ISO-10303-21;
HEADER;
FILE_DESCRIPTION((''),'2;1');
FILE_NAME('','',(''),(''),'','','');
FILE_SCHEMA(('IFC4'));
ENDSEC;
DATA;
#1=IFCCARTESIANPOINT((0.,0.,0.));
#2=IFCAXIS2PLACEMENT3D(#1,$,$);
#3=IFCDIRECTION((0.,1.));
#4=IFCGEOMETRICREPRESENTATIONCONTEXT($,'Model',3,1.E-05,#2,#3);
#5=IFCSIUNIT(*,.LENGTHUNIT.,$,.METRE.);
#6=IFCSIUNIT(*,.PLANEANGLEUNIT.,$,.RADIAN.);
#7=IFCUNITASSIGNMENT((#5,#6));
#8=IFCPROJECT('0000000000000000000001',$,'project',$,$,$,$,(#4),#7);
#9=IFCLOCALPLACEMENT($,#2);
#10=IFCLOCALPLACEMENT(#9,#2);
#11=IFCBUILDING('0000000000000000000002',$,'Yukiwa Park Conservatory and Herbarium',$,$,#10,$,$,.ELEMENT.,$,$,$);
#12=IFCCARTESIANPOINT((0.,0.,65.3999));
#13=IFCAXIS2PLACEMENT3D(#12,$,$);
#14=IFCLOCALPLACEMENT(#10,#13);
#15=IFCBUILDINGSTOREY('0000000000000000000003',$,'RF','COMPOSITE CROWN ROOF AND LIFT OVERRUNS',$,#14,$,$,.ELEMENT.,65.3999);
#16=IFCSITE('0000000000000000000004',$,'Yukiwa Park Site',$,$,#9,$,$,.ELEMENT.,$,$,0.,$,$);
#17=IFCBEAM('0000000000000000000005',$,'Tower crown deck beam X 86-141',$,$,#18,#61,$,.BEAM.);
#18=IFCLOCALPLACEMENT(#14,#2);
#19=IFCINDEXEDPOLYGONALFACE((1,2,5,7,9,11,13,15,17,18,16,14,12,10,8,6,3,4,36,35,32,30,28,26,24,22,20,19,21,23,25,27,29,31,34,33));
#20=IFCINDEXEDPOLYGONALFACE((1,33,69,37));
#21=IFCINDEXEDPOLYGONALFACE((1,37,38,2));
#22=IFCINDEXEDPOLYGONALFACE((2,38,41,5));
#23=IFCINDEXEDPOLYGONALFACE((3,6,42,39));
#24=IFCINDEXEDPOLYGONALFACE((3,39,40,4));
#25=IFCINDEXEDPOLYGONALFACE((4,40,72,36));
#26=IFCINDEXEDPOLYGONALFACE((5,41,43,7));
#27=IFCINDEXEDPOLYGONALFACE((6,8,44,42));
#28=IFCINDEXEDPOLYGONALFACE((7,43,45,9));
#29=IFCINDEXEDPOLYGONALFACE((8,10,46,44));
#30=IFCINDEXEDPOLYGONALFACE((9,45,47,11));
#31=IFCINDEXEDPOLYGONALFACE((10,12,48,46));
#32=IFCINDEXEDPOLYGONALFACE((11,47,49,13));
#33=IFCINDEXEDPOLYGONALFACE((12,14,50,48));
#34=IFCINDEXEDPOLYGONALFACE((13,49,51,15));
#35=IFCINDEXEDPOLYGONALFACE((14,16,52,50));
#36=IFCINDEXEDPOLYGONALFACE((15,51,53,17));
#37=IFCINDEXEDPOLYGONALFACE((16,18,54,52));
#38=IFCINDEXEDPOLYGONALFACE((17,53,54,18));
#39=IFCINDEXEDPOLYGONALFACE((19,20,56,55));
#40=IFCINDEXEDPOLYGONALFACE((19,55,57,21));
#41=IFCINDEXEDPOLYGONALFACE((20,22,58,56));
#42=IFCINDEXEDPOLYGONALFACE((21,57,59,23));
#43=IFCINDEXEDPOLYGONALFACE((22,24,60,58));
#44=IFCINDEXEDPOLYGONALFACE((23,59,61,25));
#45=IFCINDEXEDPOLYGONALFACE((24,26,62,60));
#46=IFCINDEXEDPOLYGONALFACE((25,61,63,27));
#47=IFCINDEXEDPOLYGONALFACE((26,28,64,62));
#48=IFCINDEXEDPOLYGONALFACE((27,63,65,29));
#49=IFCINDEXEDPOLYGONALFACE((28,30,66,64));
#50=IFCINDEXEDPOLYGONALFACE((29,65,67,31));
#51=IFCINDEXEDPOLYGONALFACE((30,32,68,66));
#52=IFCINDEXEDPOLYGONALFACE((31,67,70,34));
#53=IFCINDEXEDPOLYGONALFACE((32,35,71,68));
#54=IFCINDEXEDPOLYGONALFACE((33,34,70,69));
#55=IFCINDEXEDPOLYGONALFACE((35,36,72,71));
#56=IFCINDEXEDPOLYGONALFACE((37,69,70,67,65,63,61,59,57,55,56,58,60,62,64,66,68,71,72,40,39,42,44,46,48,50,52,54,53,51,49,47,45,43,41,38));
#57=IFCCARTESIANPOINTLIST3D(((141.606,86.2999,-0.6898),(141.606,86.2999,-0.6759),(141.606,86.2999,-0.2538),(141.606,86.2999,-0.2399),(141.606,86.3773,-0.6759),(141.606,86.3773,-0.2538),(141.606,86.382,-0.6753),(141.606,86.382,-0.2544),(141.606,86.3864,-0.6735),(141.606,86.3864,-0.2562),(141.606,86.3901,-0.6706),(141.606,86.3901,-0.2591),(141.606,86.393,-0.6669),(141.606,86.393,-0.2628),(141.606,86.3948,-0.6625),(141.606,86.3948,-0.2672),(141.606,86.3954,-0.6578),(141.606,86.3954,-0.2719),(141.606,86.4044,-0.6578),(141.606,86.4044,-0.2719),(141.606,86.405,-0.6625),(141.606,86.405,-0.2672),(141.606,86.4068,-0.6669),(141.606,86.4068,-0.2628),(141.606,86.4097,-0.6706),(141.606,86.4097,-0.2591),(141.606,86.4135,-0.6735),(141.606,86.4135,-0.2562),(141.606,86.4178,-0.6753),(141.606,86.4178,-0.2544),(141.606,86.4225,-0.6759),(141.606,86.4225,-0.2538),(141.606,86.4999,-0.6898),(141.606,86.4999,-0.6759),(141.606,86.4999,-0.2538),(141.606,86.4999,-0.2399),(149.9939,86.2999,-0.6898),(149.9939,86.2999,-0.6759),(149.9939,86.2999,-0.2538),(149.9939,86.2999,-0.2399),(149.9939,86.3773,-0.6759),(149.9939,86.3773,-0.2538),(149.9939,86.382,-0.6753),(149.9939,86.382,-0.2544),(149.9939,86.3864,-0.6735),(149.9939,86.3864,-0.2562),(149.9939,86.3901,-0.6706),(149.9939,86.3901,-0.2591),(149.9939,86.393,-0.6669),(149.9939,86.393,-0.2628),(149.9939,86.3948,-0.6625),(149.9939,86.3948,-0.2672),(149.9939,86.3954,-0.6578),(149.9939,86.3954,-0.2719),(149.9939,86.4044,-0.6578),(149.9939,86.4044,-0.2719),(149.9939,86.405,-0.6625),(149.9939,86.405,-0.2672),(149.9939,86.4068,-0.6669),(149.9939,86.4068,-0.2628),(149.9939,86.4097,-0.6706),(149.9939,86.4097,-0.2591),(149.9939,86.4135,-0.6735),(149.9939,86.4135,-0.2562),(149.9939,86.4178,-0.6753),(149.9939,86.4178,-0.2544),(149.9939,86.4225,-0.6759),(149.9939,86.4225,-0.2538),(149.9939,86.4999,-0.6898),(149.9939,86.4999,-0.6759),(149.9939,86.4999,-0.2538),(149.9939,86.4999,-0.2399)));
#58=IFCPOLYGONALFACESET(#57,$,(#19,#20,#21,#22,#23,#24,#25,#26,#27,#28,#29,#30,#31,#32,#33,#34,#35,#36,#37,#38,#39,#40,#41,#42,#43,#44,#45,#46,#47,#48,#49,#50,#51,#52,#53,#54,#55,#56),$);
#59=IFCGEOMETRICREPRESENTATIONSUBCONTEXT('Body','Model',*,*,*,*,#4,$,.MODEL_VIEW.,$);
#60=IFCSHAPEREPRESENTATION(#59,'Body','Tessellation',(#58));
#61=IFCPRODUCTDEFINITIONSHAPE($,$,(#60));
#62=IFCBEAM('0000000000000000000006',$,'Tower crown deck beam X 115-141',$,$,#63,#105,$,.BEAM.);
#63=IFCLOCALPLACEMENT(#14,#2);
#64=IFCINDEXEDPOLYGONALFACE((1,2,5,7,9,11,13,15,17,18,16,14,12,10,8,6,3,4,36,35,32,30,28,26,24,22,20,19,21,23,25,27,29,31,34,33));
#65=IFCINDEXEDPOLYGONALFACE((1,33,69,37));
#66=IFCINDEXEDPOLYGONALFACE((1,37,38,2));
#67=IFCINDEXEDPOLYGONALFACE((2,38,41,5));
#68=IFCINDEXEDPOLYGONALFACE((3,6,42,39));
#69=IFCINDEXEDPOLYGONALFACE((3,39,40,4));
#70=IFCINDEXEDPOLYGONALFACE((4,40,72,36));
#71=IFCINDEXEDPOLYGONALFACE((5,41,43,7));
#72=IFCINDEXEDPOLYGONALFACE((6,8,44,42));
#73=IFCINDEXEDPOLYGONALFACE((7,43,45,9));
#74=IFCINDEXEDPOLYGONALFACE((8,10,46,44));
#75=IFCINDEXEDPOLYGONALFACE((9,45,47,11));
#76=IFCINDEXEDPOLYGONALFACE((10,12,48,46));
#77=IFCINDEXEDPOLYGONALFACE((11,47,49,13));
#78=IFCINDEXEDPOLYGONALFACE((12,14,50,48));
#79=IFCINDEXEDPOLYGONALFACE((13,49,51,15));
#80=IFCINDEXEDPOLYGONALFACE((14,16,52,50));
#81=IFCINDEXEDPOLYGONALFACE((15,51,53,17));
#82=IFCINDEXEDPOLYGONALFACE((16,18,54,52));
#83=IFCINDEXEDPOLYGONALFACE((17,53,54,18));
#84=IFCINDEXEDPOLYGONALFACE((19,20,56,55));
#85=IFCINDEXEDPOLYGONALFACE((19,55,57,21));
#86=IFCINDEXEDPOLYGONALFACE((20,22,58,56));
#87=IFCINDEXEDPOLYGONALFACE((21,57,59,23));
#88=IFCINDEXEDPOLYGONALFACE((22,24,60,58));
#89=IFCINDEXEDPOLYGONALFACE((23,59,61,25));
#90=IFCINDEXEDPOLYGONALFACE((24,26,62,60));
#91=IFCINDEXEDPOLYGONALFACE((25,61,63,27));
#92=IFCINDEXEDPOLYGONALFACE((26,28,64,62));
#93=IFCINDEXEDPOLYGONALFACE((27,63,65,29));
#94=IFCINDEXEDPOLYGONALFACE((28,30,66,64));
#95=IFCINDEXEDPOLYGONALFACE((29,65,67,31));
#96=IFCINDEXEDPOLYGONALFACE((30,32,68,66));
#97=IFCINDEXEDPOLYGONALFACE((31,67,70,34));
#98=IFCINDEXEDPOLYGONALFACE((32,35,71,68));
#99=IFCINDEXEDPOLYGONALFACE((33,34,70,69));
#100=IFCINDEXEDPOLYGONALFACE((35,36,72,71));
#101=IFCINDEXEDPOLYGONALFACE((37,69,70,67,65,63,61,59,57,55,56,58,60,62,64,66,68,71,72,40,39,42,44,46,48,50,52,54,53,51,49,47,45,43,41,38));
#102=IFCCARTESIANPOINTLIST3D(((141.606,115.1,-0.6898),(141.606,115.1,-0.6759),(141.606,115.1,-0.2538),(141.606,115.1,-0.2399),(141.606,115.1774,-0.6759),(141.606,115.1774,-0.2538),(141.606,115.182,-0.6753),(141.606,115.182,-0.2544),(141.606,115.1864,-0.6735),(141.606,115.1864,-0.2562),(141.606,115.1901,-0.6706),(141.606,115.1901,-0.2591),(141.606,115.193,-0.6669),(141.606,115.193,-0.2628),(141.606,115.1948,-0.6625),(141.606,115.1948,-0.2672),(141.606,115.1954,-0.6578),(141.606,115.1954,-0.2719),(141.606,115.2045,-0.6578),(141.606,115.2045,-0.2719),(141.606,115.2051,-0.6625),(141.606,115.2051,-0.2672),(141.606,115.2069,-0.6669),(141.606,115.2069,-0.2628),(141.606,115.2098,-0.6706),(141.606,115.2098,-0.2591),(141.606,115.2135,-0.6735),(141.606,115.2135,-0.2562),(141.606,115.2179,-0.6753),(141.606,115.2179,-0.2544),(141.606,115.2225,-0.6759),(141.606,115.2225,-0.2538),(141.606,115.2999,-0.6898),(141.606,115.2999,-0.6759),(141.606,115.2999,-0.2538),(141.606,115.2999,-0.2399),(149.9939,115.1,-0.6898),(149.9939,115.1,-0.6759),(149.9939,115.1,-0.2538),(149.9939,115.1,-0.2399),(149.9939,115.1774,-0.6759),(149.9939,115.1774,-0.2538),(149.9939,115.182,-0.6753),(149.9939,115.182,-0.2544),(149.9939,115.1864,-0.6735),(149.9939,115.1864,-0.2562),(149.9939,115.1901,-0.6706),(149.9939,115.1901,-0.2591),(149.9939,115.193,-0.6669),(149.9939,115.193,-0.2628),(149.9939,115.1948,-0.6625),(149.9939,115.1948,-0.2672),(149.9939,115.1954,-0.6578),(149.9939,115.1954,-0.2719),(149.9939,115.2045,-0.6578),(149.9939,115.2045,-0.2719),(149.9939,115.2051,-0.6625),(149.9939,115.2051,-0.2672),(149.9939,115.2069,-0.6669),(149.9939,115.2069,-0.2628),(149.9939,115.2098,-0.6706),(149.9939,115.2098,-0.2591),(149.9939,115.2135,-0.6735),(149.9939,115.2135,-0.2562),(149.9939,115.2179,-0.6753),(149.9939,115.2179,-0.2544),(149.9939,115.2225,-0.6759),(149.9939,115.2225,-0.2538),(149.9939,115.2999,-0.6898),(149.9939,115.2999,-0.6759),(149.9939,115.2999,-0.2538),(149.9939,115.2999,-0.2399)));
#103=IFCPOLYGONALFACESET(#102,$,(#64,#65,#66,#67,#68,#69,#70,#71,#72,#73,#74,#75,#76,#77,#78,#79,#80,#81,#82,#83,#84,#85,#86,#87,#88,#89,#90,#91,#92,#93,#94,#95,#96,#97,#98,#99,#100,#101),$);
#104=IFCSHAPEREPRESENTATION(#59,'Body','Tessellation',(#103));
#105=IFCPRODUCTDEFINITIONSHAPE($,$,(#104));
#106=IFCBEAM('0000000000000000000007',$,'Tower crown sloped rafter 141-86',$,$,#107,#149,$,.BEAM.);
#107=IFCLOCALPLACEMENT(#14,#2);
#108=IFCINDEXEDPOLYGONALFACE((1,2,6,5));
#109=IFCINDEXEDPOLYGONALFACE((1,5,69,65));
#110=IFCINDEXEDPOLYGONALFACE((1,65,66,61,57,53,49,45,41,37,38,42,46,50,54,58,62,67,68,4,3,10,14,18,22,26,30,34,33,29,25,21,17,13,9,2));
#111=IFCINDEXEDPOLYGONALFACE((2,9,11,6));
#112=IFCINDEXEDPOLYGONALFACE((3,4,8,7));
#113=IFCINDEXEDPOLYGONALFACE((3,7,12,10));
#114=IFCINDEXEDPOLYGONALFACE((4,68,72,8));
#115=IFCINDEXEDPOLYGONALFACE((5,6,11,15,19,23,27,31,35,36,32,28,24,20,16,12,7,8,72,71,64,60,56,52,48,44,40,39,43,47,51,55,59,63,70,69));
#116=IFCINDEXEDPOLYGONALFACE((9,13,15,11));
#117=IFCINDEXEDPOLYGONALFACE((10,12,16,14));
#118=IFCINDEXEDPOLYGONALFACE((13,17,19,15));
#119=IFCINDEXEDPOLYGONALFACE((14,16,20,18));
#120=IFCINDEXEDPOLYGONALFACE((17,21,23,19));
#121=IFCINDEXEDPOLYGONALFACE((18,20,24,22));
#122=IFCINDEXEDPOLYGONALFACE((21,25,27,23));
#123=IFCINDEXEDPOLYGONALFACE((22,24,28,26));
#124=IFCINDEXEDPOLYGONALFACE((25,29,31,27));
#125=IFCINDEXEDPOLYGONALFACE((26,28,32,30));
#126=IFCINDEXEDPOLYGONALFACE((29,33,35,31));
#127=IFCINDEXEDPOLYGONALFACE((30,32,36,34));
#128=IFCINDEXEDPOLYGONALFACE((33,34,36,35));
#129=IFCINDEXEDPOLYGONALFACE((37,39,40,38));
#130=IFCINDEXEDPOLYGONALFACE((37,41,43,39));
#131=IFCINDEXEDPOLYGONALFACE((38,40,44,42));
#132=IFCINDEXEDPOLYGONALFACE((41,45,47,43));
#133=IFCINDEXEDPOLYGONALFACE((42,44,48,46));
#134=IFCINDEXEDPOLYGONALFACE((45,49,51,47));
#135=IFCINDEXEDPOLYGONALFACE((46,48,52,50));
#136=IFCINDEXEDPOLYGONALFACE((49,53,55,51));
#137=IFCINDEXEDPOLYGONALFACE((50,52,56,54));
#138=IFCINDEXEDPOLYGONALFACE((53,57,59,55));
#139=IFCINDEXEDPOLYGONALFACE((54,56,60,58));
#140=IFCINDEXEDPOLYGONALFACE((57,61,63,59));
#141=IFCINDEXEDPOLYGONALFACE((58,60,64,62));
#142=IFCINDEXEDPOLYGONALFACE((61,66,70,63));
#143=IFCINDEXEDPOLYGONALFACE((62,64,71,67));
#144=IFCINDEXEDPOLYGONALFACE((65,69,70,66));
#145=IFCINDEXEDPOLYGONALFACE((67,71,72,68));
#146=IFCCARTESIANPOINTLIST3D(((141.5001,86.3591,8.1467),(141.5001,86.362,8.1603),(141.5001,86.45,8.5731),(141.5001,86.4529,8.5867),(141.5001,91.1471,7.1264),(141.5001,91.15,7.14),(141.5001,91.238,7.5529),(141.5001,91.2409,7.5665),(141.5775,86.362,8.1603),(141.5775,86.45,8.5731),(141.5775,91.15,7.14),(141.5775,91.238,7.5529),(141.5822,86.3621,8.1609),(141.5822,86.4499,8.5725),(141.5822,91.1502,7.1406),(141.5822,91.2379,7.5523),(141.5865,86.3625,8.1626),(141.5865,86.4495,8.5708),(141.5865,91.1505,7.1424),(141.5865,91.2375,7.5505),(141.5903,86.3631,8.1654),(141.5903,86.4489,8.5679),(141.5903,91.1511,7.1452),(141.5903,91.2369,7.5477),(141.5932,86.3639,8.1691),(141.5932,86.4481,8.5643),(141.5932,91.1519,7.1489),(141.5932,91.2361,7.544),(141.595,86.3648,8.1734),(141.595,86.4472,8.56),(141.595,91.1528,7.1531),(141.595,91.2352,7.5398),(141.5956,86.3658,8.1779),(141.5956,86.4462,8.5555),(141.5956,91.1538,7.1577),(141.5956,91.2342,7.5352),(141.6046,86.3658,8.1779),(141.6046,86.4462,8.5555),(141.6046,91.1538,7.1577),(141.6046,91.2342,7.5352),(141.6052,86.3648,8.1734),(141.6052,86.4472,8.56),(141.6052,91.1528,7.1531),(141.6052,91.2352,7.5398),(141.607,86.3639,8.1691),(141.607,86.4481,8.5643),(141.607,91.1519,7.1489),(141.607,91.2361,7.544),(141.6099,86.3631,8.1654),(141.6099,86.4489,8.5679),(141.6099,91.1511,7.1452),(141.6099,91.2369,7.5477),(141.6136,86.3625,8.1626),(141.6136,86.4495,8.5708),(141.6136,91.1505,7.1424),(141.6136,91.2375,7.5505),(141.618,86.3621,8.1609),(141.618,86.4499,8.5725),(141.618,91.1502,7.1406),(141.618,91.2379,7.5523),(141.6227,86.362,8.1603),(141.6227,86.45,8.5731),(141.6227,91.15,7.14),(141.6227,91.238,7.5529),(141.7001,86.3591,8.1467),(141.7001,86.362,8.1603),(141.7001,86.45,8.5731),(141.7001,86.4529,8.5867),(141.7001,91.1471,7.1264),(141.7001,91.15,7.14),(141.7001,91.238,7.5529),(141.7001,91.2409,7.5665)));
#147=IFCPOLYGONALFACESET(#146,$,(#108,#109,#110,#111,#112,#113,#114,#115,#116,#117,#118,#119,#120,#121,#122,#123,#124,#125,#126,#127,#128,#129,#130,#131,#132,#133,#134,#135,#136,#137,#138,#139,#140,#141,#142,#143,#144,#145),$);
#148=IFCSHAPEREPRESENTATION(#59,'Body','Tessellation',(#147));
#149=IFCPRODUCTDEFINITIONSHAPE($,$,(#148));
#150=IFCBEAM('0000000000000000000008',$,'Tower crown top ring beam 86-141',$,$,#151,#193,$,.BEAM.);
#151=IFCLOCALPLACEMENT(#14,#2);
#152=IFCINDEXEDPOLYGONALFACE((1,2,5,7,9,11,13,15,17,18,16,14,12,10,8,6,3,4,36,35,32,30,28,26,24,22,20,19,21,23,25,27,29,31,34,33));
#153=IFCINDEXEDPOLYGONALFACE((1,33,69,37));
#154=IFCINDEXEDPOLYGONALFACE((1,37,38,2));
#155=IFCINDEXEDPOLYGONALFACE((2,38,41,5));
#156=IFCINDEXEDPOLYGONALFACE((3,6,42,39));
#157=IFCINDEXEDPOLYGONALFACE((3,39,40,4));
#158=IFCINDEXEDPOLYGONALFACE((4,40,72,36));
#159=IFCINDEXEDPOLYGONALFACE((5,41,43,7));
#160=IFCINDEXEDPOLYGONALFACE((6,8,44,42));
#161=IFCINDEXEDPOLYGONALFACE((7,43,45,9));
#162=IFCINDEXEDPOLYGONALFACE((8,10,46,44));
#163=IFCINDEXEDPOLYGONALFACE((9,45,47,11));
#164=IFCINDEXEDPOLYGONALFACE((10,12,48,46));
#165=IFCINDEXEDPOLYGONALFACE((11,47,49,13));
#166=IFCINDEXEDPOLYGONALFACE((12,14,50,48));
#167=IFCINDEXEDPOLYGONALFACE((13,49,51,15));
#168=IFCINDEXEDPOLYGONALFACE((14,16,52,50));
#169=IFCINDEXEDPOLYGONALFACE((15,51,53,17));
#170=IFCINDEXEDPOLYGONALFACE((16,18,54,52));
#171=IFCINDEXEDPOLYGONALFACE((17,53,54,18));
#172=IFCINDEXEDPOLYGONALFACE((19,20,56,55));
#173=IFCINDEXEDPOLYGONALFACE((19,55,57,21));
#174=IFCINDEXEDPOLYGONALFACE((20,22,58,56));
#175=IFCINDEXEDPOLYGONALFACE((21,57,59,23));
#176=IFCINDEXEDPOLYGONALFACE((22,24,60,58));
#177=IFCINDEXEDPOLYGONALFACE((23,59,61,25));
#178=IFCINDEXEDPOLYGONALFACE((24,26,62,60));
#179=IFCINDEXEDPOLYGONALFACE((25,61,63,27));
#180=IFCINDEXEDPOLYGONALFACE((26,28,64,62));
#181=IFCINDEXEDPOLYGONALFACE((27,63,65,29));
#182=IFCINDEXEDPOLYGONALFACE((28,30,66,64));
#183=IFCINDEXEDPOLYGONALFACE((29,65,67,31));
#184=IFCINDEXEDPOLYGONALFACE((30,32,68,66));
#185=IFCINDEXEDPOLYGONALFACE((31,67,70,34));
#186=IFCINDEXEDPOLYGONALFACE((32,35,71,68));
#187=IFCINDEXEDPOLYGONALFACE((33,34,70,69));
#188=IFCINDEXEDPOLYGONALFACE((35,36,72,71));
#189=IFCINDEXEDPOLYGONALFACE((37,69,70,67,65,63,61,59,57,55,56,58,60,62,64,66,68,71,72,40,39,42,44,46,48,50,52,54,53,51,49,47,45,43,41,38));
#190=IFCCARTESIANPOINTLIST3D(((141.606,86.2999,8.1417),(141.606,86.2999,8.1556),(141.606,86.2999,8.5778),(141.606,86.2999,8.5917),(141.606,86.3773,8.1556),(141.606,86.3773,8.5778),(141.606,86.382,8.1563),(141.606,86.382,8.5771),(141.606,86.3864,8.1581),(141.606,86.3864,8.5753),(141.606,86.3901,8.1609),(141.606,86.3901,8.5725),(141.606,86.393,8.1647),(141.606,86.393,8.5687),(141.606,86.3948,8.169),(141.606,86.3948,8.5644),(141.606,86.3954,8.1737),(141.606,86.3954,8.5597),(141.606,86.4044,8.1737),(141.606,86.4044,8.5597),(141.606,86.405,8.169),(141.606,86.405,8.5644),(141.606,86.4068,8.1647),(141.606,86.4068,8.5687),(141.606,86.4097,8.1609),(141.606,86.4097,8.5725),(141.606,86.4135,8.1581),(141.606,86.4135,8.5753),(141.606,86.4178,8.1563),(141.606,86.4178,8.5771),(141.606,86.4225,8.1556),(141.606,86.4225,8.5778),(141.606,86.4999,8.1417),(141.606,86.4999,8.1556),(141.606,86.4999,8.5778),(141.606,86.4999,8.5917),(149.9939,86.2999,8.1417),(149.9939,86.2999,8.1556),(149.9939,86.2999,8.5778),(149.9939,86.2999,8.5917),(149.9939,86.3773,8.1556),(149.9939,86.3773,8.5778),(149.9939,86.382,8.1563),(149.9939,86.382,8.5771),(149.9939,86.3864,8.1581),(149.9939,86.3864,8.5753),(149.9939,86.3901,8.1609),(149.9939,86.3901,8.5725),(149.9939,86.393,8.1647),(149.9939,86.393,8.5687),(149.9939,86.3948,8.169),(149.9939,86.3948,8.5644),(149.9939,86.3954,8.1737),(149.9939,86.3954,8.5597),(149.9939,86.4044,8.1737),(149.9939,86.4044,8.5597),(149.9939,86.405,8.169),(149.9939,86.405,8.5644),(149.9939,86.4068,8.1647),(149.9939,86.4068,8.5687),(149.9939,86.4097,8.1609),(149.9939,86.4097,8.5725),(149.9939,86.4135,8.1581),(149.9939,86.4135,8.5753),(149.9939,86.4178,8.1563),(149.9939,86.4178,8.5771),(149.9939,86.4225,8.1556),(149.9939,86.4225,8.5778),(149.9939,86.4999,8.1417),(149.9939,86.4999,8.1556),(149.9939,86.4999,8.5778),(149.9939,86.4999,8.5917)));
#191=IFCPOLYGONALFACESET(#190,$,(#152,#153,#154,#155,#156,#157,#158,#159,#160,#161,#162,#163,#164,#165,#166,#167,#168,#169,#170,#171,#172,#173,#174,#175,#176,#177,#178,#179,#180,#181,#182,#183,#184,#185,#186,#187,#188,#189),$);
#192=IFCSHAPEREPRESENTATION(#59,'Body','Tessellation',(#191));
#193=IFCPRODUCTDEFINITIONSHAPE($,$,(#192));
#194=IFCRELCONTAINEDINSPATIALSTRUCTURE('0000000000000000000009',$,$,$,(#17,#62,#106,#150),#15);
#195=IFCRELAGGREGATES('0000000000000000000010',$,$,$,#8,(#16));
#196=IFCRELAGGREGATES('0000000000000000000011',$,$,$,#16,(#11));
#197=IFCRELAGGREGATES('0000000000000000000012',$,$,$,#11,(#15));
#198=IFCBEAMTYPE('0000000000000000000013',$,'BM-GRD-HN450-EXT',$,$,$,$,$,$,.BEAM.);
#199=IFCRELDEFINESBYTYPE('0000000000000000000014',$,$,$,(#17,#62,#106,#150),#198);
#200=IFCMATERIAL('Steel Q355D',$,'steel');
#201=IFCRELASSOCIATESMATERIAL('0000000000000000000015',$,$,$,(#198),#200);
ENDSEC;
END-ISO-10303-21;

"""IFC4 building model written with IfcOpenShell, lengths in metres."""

from ifc_helpers import new_model, si_unit, direction, frame, origin, origin_2d, place, context, subcontext, project, spatial, i_section, extrude, material, material_profile, profile_set, type_object, element, save


model = new_model("IFC4")

# Units and contexts
model_context = context("Model", 3, precision=1e-05, world=origin(), true_north=direction((0.0, 1.0)))
body_context = subcontext(model_context, "Body", "Model", "MODEL_VIEW")
ifc_project = project(units=[si_unit("LENGTHUNIT", "METRE"), si_unit("PLANEANGLEUNIT", "RADIAN")], contexts=[model_context])

# Site, building, storey
site_placement = place(None, origin())
site = spatial("IfcSite", under=ifc_project, at=site_placement, Name="Yukiwa Park Site", CompositionType="ELEMENT", RefElevation=0.0)
building_placement = place(site_placement, origin())
building = spatial("IfcBuilding", under=site, at=building_placement, Name="Yukiwa Park Conservatory and Herbarium", CompositionType="ELEMENT")
storey_placement = place(building_placement, frame((0.0, 0.0, 65.3999)))
storey = spatial("IfcBuildingStorey", under=building, at=storey_placement, Name="RF", Description="COMPOSITE CROWN ROOF AND LIFT OVERRUNS", CompositionType="ELEMENT", Elevation=65.3999)

# Beams
ifc_material_1 = material(Name="Steel Q355D", Category="steel")
ifc_material_profile_1 = material_profile(ifc_material_1, i_section(OverallWidth=0.2, OverallDepth=0.45, WebThickness=0.009, FlangeThickness=0.0139, FilletRadius=0.0181, at=origin_2d()), Name="HN 450x200x9x14")
ifc_profile_set_1 = profile_set([ifc_material_profile_1], Name="Steel Q355D")
beam_type_1 = type_object("IfcBeamType", Name="BM-GRD-HN450-EXT", PredefinedType="BEAM", material=ifc_profile_set_1)
for number, where, z_axis, x_axis, name in (
    (1, (141.606, 86.3999, -0.4648), (1.0, 0.0, 0.0), (0.0, 1.0, 0.0), "Tower crown deck beam X 86-141"),
    (2, (141.606, 115.2, -0.4648), (1.0, 0.0, 0.0), (0.0, 1.0, 0.0), "Tower crown deck beam X 115-141"),
):
    element("IfcBeam", number, at=place(storey_placement, frame(where, z_axis=z_axis, x_axis=x_axis)), inside=storey, type_object=beam_type_1, Name=name, PredefinedType="BEAM", context=body_context, shape_type="SweptSolid", body=[
        extrude(i_section(OverallWidth=0.2, OverallDepth=0.45, WebThickness=0.009, FlangeThickness=0.0139, FilletRadius=0.0181, at=origin_2d()), origin(), (0.0, 0.0, 1.0), 8.3879),
    ])
beam_1_placement = place(storey_placement, frame((141.6001, 86.406, 8.3667), z_axis=(0.0, 0.978043, -0.208405), x_axis=(-1.0, 0.0, 0.0)))
element("IfcBeam", 3, at=beam_1_placement, inside=storey, type_object=beam_type_1, Name="Tower crown sloped rafter 141-86", PredefinedType="BEAM", context=body_context, shape_type="SweptSolid", body=[
    extrude(i_section(OverallWidth=0.2, OverallDepth=0.45, WebThickness=0.009, FlangeThickness=0.0139, FilletRadius=0.0181, at=origin_2d()), origin(), (0.0, 0.0, 1.0), 4.8955),
])
for number, where, z_axis, x_axis, name in (
    (4, (141.606, 86.3999, 8.3667), (1.0, 0.0, 0.0), (0.0, 1.0, 0.0), "Tower crown top ring beam 86-141"),
):
    element("IfcBeam", number, at=place(storey_placement, frame(where, z_axis=z_axis, x_axis=x_axis)), inside=storey, type_object=beam_type_1, Name=name, PredefinedType="BEAM", context=body_context, shape_type="SweptSolid", body=[
        extrude(i_section(OverallWidth=0.2, OverallDepth=0.45, WebThickness=0.009, FlangeThickness=0.0139, FilletRadius=0.0181, at=origin_2d()), origin(), (0.0, 0.0, 1.0), 8.3879),
    ])

save(model, "model.ifc")
